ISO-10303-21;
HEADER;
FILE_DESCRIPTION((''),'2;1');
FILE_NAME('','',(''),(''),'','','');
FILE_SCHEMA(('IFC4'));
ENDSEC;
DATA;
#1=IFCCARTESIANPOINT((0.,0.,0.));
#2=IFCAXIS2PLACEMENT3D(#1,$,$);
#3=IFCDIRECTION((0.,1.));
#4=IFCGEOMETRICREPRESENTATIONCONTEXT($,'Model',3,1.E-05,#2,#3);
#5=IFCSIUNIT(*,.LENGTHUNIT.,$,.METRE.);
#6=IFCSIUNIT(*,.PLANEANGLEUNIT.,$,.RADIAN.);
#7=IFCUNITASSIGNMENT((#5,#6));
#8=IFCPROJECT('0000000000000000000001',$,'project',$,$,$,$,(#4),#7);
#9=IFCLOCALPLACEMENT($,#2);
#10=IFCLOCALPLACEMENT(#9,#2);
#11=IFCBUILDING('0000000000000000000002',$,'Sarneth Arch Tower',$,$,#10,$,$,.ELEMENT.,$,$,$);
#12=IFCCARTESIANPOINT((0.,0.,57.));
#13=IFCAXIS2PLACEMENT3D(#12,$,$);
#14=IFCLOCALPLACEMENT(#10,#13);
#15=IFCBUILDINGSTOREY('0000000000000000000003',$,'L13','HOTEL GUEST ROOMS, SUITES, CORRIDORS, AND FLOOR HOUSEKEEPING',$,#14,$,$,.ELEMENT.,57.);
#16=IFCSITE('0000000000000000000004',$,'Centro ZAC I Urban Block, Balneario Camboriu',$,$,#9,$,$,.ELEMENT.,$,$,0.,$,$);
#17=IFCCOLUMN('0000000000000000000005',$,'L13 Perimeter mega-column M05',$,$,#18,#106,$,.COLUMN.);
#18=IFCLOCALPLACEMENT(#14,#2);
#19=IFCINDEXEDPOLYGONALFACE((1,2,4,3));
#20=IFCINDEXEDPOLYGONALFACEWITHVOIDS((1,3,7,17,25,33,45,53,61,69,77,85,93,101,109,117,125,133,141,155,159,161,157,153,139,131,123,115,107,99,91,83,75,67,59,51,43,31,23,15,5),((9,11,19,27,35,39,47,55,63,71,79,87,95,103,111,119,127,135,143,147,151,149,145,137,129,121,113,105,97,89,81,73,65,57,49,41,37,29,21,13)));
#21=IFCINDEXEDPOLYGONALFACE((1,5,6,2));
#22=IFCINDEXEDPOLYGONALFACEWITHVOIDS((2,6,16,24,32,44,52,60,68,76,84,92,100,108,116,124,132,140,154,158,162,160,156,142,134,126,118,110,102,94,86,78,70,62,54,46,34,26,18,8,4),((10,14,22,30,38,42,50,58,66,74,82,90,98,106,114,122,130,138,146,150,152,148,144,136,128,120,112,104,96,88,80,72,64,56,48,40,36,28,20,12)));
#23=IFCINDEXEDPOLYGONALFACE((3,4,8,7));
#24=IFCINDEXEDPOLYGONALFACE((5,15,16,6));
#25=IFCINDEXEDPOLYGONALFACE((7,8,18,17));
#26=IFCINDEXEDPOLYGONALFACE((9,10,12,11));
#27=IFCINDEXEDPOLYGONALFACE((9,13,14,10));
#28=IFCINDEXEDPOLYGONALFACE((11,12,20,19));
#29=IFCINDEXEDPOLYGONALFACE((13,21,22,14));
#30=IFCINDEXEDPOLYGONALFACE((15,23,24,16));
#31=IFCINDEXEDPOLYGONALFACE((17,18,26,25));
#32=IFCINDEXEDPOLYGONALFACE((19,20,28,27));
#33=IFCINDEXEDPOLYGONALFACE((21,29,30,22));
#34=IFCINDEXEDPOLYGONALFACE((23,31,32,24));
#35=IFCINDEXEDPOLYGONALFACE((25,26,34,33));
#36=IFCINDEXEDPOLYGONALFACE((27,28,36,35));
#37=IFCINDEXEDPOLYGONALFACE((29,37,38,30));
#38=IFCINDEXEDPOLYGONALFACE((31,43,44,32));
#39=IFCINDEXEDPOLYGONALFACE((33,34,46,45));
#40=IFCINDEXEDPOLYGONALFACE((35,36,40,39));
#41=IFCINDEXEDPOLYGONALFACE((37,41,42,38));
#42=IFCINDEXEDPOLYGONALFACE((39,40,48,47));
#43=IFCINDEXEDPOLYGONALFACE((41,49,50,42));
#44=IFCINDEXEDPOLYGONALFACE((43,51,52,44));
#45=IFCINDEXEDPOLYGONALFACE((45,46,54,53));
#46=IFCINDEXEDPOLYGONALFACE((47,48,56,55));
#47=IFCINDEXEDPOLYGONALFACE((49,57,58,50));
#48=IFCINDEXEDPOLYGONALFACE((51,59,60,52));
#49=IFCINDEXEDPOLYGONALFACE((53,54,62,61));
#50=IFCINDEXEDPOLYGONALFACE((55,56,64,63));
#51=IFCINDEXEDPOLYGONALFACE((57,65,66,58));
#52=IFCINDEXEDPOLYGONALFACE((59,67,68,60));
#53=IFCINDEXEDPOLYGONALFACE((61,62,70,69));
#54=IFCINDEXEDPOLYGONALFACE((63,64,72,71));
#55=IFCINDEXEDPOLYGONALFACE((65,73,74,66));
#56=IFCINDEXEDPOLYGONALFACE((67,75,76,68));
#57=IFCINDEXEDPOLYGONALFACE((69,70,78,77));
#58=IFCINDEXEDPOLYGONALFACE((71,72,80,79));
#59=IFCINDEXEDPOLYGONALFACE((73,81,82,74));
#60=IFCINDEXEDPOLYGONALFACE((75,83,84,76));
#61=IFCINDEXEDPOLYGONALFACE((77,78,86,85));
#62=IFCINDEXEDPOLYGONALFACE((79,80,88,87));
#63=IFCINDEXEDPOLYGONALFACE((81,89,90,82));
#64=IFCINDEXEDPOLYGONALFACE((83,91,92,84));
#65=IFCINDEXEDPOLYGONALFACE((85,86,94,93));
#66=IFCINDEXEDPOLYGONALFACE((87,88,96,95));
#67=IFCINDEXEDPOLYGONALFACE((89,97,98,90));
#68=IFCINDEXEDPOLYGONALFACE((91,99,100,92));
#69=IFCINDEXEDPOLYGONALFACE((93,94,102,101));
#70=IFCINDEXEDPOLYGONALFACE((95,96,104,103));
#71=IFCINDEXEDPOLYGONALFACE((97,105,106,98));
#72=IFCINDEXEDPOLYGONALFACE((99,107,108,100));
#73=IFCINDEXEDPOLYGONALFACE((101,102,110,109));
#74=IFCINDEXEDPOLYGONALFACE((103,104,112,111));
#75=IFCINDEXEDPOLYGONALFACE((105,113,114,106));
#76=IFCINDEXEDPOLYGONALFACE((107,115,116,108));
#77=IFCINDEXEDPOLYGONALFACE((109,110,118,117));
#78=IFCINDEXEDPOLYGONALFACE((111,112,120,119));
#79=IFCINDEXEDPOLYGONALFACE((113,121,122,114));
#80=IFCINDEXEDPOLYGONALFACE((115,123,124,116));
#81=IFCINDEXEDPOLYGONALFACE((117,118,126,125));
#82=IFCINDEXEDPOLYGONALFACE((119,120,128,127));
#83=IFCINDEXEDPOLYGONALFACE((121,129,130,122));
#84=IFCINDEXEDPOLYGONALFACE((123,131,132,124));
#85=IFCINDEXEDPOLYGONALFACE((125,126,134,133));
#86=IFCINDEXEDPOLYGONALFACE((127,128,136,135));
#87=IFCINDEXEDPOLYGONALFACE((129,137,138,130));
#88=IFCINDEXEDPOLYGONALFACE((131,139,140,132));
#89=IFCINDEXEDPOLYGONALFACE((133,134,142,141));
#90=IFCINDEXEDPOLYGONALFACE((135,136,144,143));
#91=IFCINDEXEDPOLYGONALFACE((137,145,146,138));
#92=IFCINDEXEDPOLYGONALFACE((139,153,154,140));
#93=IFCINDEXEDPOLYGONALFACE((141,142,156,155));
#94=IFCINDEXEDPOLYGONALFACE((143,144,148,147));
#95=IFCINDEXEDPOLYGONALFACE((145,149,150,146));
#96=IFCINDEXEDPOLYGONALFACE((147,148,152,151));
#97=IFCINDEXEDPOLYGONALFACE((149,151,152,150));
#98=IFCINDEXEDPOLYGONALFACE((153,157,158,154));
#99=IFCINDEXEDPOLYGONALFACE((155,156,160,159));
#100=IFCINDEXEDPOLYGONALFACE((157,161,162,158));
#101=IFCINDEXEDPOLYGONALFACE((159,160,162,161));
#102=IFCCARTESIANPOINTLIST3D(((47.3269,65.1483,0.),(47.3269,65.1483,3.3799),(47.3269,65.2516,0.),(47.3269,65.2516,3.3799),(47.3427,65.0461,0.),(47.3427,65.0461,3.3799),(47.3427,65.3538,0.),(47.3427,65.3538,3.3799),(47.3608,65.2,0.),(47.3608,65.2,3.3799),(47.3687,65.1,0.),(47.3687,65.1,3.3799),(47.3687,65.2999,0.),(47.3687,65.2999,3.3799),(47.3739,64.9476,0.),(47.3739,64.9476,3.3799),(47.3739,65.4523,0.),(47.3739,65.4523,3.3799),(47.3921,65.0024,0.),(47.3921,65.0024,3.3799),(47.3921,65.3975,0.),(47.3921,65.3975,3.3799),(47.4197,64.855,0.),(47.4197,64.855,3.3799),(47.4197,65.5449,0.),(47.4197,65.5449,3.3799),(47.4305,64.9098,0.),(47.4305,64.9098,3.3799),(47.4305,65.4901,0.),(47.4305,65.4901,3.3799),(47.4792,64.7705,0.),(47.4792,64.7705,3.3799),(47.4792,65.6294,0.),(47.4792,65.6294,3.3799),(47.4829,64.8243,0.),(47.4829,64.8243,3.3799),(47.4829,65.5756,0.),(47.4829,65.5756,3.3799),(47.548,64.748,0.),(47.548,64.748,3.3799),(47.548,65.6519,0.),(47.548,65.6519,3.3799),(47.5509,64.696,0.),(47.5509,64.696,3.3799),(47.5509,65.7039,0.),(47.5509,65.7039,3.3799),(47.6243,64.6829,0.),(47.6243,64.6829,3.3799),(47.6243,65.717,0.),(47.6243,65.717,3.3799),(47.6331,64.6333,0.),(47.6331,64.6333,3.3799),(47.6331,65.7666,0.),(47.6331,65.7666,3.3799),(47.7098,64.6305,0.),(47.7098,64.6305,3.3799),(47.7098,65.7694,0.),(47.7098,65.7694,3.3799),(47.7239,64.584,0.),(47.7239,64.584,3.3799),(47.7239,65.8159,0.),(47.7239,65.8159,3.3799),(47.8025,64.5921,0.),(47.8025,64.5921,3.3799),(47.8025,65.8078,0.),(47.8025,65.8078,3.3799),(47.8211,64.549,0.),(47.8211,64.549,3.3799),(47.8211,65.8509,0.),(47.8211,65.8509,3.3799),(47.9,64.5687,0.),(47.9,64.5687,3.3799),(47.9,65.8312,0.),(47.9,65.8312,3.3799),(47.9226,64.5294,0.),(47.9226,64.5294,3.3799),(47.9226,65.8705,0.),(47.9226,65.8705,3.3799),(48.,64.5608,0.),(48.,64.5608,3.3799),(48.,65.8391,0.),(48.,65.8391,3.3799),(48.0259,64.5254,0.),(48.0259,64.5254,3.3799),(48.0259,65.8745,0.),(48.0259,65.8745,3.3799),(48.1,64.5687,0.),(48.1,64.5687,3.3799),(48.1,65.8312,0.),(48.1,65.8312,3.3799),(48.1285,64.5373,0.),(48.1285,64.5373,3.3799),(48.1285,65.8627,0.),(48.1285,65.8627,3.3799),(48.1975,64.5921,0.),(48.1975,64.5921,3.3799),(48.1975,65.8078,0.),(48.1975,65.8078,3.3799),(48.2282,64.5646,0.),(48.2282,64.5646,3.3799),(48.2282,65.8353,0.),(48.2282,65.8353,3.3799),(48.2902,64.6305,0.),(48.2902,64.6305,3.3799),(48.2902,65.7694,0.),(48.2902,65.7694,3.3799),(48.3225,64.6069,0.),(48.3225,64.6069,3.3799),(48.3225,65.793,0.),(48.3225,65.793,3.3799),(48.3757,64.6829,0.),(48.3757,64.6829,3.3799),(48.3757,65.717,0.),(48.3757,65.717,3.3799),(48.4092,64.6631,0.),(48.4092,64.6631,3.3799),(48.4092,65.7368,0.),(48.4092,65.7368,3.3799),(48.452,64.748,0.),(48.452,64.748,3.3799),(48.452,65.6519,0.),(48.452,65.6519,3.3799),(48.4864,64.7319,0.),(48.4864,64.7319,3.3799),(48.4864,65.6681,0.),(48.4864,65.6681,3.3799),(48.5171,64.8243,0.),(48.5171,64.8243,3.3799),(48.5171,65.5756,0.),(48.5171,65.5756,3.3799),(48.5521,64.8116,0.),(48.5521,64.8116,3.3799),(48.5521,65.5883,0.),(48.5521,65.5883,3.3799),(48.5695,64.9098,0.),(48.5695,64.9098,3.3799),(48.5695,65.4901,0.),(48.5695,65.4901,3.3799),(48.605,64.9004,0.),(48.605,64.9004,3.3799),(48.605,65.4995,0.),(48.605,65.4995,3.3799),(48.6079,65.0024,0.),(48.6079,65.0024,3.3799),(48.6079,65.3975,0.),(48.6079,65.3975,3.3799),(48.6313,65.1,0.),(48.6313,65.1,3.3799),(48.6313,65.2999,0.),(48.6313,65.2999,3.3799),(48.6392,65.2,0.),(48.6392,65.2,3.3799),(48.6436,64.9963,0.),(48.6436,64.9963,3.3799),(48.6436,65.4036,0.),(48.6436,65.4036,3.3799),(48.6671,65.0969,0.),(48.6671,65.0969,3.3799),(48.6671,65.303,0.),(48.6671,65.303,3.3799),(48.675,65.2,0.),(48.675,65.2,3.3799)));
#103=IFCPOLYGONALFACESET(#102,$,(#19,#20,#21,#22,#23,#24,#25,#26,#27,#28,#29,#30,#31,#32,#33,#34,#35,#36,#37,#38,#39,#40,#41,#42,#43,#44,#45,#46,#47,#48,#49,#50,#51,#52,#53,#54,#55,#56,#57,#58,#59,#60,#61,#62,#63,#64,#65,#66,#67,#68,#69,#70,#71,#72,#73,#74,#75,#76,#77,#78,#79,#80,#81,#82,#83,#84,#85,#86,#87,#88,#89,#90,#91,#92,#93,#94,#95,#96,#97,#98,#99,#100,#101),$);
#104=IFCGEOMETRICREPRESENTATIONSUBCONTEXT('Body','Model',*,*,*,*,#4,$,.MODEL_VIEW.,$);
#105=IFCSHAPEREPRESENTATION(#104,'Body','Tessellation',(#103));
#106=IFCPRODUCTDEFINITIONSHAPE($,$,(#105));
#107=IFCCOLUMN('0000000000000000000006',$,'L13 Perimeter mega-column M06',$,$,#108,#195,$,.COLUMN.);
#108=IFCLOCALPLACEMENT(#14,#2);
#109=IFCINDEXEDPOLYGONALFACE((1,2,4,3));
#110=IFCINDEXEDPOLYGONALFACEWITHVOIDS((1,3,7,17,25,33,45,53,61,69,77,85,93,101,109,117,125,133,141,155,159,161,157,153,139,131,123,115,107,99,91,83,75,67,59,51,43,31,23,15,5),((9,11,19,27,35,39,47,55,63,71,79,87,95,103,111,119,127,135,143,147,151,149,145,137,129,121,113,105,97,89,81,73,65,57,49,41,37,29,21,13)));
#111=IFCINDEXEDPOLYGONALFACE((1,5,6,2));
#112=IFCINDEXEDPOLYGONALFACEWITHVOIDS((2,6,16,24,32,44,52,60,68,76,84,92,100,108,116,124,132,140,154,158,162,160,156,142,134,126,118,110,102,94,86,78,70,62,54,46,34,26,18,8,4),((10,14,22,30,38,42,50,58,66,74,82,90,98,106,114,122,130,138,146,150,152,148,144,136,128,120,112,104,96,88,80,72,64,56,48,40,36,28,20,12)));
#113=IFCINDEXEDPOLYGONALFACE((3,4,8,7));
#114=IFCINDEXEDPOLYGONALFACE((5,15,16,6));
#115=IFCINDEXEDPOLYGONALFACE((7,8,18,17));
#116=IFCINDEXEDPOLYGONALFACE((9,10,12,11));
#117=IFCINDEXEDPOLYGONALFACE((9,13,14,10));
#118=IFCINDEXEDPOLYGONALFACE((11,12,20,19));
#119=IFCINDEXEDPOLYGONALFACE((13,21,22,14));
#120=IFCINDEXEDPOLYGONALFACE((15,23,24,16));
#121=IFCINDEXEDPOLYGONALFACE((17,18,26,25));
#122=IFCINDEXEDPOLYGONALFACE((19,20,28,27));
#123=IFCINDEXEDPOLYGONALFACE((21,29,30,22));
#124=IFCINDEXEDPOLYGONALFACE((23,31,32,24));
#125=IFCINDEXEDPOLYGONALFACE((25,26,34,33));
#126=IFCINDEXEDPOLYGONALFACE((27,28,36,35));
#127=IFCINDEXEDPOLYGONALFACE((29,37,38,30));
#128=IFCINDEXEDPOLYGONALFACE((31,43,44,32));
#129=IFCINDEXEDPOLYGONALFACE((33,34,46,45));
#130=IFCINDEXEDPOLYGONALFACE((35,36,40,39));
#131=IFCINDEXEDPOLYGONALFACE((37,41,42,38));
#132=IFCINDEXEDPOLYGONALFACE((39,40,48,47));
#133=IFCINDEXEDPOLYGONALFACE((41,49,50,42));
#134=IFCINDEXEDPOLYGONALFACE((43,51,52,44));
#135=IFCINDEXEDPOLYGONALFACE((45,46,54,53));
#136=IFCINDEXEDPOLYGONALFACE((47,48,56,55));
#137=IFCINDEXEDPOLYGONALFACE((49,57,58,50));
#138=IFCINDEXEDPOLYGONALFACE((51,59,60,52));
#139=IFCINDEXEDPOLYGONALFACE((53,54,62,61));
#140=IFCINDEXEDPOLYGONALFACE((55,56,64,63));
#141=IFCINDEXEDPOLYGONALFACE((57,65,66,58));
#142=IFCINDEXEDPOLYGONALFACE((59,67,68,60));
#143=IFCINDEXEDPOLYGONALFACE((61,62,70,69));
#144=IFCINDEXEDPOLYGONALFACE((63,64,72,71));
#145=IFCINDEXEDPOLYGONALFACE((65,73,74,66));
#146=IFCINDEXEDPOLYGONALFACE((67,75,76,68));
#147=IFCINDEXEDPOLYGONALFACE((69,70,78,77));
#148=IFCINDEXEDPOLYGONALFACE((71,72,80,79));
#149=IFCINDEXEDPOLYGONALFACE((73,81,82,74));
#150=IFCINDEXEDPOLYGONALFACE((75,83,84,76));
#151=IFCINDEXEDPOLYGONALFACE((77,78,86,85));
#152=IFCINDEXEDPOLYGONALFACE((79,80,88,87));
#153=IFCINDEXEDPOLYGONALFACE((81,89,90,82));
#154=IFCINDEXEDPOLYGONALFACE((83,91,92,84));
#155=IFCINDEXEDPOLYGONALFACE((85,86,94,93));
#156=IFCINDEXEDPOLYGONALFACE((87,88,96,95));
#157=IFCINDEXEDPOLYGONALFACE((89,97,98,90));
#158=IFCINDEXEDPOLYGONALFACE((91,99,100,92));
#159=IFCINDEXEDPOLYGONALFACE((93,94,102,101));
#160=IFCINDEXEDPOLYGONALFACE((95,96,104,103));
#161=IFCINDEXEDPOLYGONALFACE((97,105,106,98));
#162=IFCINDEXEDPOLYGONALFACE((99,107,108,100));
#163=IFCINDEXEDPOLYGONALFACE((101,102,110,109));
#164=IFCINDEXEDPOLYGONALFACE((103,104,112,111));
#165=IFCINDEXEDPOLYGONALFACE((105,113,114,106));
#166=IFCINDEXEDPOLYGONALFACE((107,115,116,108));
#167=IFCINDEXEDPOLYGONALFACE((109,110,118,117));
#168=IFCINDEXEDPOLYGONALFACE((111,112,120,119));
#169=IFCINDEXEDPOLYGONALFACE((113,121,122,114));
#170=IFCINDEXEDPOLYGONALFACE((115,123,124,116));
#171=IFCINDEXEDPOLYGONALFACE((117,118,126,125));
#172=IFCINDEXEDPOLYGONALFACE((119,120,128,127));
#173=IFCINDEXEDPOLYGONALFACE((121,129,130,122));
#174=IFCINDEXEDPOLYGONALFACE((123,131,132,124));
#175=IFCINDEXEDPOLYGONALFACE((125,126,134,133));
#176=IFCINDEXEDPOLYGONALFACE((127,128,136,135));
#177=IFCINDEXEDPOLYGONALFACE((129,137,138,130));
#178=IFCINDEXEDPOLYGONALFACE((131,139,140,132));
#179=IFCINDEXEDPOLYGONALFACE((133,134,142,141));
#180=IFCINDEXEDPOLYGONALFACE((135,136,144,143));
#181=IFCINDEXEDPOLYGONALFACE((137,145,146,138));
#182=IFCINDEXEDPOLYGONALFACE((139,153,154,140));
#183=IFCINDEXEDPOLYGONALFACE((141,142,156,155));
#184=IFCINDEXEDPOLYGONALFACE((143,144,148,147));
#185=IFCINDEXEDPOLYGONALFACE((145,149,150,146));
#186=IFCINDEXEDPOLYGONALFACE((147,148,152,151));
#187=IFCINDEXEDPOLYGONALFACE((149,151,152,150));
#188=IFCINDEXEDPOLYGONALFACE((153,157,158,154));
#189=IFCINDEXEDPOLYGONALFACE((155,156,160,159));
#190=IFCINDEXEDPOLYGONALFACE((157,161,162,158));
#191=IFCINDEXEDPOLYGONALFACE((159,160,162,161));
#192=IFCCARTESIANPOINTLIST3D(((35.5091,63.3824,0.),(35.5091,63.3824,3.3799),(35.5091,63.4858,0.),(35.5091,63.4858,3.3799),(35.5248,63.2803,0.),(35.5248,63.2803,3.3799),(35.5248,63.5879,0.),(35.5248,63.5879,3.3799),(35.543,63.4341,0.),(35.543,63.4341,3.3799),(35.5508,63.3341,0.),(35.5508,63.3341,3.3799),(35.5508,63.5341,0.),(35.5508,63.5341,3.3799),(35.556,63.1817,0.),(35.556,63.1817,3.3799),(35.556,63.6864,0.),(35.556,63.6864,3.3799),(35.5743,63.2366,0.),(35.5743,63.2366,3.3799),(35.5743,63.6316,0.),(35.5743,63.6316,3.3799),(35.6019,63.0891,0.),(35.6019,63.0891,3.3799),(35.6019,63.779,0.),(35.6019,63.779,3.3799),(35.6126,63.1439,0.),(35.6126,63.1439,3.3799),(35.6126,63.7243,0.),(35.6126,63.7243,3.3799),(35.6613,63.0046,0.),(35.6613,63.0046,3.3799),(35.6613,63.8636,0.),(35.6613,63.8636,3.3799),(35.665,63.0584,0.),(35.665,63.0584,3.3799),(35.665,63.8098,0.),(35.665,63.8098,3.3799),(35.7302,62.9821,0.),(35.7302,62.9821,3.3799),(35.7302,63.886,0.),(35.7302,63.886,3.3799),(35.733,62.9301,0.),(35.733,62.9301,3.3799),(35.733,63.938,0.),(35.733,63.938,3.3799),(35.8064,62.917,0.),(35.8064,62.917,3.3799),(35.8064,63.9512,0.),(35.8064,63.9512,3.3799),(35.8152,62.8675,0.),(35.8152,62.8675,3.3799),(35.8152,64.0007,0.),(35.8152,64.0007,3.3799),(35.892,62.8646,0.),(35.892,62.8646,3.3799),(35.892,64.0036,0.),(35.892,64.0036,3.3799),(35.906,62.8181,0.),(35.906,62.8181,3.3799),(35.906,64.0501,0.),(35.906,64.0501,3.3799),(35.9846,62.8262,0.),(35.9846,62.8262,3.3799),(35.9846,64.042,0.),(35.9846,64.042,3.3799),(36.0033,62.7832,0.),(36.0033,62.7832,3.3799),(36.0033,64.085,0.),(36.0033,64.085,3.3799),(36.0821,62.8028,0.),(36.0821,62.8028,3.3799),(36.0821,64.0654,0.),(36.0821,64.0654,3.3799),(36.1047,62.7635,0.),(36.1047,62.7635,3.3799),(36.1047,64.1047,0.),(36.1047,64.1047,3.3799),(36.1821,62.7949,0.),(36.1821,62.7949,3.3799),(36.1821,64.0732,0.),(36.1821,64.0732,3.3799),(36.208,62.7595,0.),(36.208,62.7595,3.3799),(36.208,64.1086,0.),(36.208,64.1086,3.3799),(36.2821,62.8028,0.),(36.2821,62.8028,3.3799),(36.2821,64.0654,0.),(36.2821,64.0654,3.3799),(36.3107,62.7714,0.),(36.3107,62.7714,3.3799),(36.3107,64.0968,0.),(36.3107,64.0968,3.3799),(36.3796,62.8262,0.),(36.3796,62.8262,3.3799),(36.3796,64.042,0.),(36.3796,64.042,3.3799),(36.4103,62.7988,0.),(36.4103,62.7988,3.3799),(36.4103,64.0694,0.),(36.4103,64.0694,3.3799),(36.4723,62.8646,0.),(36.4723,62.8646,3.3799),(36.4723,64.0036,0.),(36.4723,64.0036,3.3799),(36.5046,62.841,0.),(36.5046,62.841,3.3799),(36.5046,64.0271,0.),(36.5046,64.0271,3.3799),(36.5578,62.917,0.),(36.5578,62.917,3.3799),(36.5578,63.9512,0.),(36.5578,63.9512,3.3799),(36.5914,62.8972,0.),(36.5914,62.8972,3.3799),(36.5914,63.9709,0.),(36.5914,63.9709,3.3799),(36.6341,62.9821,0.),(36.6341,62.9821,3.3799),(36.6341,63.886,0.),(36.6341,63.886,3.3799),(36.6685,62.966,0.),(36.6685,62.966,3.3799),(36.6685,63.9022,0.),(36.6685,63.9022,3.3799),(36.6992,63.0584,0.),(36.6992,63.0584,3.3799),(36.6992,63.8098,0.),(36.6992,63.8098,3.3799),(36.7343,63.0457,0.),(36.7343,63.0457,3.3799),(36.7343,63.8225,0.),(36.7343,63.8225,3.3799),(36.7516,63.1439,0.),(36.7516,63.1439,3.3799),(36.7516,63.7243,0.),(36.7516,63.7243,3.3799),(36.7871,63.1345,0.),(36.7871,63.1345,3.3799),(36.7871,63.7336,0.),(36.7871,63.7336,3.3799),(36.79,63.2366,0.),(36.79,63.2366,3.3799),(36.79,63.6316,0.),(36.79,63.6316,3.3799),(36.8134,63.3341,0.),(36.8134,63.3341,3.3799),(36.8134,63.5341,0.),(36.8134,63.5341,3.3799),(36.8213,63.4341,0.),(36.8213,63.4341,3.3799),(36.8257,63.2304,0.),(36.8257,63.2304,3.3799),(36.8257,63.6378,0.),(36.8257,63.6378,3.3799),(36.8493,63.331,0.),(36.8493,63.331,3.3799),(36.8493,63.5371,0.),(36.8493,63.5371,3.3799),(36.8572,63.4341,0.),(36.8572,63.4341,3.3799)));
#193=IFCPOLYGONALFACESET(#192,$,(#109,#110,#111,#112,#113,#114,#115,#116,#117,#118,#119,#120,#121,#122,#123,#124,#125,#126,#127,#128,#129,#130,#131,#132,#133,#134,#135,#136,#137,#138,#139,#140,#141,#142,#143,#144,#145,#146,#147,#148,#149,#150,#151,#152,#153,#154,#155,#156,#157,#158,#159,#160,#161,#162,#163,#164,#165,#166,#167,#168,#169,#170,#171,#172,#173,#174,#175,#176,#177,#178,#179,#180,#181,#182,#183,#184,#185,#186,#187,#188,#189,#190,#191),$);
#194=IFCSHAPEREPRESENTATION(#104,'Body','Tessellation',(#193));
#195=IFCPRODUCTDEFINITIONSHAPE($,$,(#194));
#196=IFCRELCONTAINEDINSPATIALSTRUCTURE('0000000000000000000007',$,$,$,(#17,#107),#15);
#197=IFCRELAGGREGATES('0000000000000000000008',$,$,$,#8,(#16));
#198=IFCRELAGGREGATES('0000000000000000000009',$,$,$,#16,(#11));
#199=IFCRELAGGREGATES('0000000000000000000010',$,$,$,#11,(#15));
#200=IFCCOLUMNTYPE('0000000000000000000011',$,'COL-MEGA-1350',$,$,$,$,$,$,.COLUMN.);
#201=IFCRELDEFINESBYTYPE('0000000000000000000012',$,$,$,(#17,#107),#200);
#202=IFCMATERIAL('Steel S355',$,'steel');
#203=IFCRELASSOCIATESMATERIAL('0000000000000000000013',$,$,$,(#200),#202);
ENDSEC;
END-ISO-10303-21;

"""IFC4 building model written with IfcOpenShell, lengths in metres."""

from ifc_helpers import new_model, si_unit, direction, frame, origin, origin_2d, place, context, subcontext, project, spatial, hollow_circle, extrude, material, material_profile, profile_set, type_object, element, save


model = new_model("IFC4")

# Units and contexts
model_context = context("Model", 3, precision=1e-05, world=origin(), true_north=direction((0.0, 1.0)))
body_context = subcontext(model_context, "Body", "Model", "MODEL_VIEW")
ifc_project = project(units=[si_unit("LENGTHUNIT", "METRE"), si_unit("PLANEANGLEUNIT", "RADIAN")], contexts=[model_context])

# Site, building, storey
site_placement = place(None, origin())
site = spatial("IfcSite", under=ifc_project, at=site_placement, Name="Centro ZAC I Urban Block, Balneario Camboriu", CompositionType="ELEMENT", RefElevation=0.0)
building_placement = place(site_placement, origin())
building = spatial("IfcBuilding", under=site, at=building_placement, Name="Sarneth Arch Tower", CompositionType="ELEMENT")
storey_placement = place(building_placement, frame((0.0, 0.0, 57.0)))
storey = spatial("IfcBuildingStorey", under=building, at=storey_placement, Name="L13", Description="HOTEL GUEST ROOMS, SUITES, CORRIDORS, AND FLOOR HOUSEKEEPING", CompositionType="ELEMENT", Elevation=57.0)

# Columns
ifc_material_1 = material(Name="Steel S355", Category="steel")
ifc_material_profile_1 = material_profile(ifc_material_1, hollow_circle(Radius=0.675, WallThickness=0.0359, at=origin_2d()), Name="CHS1350x36")
ifc_profile_set_1 = profile_set([ifc_material_profile_1], Name="Steel S355")
column_type = type_object("IfcColumnType", Name="COL-MEGA-1350", PredefinedType="COLUMN", material=ifc_profile_set_1)
for number, where, z_axis, x_axis, name in (
    (1, (48.0, 65.2, 0.0), (0.0, 0.0, 1.0), (1.0, 0.0, 0.0), "L13 Perimeter mega-column M05"),
    (2, (36.1821, 63.4341, 0.0), (0.0, 0.0, 1.0), (1.0, 0.0, 0.0), "L13 Perimeter mega-column M06"),
):
    element("IfcColumn", number, at=place(storey_placement, frame(where, z_axis=z_axis, x_axis=x_axis)), inside=storey, type_object=column_type, Name=name, PredefinedType="COLUMN", context=body_context, shape_type="SweptSolid", body=[
        extrude(hollow_circle(Radius=0.675, WallThickness=0.0359, at=origin_2d()), origin(), (0.0, 0.0, 1.0), 3.3799),
    ])

save(model, "model.ifc")
